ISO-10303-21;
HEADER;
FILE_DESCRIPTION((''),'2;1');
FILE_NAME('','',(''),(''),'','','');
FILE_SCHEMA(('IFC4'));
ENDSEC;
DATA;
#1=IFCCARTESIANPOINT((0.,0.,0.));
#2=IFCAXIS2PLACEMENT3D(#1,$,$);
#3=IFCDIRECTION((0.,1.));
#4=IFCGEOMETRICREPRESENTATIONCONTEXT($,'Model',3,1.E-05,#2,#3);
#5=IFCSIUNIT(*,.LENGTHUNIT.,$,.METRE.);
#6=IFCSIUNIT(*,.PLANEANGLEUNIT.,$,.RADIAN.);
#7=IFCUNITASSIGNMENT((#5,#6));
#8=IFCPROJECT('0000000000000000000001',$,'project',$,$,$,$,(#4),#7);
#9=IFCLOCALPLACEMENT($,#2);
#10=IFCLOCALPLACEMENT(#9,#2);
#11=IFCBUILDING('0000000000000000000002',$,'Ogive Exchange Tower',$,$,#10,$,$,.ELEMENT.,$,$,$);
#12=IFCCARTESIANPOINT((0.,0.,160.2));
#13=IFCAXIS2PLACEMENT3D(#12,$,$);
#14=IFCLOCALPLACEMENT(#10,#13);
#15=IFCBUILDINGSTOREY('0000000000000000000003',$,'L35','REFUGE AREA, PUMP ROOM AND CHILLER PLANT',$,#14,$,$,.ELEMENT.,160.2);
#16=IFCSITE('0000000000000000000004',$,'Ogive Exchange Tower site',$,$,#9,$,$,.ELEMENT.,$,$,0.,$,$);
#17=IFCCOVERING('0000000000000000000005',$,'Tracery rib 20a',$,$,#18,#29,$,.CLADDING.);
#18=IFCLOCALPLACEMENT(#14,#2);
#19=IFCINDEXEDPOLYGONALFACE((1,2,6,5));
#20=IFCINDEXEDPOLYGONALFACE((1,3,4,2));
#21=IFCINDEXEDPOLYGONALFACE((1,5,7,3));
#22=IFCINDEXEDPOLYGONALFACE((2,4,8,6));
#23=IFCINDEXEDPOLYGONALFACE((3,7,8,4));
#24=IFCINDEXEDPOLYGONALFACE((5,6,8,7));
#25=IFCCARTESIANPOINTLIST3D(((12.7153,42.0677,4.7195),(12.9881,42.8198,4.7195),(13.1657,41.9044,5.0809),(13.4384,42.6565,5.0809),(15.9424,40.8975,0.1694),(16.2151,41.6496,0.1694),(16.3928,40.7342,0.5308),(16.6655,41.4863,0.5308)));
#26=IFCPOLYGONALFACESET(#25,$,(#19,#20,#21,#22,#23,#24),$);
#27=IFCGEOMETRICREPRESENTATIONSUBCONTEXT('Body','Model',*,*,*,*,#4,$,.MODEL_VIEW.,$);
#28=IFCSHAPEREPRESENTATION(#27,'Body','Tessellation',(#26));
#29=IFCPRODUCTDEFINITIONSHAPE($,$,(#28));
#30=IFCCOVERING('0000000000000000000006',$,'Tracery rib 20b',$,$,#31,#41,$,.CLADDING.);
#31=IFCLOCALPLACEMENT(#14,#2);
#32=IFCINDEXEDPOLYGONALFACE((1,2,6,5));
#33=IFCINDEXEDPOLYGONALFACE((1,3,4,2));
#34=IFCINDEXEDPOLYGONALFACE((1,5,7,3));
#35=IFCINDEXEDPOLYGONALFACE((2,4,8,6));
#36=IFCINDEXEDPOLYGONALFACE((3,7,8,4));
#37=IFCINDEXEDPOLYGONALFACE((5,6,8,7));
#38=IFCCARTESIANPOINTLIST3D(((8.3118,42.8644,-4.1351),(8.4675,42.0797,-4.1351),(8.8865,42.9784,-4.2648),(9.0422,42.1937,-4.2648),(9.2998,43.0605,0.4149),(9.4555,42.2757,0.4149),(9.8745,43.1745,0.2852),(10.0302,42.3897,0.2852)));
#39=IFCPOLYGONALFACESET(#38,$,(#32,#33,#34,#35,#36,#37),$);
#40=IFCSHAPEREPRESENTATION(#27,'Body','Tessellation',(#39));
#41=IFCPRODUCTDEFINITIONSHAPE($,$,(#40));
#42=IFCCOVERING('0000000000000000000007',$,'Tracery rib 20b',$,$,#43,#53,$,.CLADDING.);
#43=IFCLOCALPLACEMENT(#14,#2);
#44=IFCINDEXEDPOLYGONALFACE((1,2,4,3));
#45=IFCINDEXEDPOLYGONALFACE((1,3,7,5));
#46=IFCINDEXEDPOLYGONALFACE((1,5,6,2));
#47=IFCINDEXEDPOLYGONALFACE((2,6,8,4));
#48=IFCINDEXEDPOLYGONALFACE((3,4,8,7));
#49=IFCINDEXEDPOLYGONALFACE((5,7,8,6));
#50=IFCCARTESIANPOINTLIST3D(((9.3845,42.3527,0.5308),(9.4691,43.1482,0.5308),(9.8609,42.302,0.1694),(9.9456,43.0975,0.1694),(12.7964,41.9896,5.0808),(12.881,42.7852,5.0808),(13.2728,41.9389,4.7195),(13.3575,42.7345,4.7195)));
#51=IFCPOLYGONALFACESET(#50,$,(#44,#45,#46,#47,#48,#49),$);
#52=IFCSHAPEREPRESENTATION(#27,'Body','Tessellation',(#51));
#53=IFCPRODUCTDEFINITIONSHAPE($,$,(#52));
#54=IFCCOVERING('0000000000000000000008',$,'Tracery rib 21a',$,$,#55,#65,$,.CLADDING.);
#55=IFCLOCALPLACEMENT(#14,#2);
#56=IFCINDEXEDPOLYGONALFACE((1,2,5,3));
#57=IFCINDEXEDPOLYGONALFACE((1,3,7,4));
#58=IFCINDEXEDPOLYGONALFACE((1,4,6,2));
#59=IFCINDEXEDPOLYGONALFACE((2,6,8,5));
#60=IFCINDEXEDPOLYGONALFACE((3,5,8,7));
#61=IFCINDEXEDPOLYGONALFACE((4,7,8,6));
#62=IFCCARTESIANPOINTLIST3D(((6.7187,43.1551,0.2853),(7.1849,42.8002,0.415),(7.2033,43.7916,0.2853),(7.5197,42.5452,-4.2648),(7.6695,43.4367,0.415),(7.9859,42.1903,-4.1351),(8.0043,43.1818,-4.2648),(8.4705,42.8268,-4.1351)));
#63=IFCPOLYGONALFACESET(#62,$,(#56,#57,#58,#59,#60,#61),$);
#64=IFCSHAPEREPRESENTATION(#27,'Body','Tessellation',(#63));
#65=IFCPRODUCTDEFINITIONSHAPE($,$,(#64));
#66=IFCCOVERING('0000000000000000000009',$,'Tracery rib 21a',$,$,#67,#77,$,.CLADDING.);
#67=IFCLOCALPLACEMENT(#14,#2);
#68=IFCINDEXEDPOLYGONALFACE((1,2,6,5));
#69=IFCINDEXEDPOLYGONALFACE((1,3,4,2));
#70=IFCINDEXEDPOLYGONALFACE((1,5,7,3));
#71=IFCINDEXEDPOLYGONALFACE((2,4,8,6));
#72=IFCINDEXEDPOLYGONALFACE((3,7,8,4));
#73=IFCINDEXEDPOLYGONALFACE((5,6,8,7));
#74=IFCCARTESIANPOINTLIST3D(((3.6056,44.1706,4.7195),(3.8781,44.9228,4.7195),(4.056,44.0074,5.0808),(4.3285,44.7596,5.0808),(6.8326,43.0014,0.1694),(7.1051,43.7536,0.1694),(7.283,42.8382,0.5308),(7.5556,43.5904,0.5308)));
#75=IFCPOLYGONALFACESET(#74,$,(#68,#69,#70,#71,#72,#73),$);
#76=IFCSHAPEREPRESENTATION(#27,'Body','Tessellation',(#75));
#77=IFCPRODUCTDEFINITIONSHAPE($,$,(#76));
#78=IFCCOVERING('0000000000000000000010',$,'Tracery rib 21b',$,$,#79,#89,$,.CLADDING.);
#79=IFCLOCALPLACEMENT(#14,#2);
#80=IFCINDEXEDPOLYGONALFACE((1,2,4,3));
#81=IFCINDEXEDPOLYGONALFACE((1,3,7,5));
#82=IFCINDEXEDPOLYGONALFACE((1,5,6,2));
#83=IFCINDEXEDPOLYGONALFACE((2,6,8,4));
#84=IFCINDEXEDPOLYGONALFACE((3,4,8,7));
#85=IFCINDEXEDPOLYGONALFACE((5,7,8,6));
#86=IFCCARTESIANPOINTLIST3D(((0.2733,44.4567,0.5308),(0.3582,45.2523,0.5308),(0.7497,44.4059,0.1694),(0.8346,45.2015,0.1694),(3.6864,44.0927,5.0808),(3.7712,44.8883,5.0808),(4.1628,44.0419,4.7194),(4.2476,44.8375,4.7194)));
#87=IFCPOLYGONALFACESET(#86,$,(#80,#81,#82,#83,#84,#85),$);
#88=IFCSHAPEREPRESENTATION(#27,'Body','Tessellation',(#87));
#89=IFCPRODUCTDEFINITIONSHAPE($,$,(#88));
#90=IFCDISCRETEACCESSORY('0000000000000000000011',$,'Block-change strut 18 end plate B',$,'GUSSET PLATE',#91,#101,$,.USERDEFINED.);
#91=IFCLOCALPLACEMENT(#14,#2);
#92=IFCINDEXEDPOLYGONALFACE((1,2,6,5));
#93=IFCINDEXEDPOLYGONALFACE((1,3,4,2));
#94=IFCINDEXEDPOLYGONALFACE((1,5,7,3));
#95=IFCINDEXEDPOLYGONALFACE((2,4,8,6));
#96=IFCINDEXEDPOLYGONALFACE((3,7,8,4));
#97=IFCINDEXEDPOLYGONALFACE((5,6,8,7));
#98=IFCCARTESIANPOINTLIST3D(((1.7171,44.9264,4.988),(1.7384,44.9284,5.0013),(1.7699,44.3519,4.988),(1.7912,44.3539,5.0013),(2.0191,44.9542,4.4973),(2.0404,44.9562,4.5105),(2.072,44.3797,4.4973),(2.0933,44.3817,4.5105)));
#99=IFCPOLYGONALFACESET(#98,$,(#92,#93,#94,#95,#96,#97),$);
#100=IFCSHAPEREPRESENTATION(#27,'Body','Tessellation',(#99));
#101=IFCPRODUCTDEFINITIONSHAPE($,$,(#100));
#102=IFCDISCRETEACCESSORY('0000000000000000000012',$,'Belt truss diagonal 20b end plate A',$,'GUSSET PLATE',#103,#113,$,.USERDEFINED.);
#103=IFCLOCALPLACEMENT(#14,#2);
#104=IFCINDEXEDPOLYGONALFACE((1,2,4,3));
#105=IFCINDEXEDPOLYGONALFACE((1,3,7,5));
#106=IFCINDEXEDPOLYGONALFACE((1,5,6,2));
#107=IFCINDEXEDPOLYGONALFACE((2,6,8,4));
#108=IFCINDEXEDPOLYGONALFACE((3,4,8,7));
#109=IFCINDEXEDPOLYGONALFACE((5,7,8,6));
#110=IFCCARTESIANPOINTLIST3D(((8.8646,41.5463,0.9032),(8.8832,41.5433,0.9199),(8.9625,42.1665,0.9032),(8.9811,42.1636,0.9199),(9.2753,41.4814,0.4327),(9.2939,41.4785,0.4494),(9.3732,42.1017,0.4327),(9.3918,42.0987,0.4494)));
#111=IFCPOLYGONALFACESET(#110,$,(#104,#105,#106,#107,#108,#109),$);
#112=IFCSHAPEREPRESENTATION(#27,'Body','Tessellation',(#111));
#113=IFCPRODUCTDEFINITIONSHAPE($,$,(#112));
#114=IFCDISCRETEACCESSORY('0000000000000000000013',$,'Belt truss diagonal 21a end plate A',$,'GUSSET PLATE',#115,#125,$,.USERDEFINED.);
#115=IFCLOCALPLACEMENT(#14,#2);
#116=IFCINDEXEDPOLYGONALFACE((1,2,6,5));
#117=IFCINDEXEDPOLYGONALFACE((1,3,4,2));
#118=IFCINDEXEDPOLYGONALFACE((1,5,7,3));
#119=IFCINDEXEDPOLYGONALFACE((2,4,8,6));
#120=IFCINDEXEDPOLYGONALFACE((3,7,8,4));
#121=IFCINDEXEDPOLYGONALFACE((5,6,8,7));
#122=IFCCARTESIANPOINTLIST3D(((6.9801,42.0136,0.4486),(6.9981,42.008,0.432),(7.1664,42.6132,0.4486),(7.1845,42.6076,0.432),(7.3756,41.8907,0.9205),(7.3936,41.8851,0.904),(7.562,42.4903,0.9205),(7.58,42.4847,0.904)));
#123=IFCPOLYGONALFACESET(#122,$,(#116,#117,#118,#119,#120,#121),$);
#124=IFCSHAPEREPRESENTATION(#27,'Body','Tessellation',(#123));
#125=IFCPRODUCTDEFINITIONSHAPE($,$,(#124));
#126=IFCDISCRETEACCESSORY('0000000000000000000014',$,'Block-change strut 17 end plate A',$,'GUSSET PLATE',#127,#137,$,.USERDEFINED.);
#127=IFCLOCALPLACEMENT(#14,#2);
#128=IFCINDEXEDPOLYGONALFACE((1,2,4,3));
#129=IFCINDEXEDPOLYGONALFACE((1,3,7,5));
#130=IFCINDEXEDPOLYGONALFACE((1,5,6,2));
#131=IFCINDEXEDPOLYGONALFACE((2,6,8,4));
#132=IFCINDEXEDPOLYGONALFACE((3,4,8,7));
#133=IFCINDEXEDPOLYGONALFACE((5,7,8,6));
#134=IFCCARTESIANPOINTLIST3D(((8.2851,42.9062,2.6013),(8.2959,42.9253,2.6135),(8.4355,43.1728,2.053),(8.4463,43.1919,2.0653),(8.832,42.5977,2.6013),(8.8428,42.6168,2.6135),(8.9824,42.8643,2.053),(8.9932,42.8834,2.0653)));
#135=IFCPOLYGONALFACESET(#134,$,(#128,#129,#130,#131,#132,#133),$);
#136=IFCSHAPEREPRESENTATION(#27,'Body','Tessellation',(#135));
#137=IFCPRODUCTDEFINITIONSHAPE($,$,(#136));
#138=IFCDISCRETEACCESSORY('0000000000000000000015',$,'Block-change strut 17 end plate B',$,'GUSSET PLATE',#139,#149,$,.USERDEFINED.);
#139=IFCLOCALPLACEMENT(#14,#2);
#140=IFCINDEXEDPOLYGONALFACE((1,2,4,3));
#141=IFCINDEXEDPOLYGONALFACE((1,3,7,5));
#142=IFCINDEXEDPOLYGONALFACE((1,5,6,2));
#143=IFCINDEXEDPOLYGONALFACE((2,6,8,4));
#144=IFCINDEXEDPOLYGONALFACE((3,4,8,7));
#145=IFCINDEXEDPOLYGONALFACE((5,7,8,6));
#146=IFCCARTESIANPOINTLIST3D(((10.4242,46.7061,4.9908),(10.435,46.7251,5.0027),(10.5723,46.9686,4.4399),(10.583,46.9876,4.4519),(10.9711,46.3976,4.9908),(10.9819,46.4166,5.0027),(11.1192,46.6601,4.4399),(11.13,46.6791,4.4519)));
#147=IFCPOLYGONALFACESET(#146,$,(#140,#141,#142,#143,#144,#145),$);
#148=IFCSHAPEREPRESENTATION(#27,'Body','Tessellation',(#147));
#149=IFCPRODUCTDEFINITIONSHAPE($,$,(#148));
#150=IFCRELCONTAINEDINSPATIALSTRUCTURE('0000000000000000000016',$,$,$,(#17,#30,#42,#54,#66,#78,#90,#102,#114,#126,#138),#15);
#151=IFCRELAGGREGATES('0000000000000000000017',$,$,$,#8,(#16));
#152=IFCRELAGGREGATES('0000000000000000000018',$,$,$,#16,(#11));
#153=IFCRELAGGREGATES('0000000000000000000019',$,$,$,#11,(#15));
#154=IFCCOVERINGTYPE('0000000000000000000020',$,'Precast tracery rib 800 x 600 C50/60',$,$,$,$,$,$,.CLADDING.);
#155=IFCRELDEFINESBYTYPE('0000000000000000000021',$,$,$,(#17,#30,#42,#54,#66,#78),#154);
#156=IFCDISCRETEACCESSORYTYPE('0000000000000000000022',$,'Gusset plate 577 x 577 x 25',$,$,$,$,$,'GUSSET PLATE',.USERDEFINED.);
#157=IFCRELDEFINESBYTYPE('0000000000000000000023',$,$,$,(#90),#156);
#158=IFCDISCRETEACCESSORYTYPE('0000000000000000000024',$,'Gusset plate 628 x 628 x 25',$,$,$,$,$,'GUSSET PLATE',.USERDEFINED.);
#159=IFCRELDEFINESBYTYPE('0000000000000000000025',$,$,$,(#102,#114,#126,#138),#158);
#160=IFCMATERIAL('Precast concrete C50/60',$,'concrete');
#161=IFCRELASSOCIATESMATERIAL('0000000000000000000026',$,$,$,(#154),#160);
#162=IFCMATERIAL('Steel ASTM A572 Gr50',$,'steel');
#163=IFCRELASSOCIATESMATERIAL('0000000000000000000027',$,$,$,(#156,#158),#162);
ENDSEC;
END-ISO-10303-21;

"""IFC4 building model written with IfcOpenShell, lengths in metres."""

from ifc_helpers import new_model, si_unit, direction, frame, origin, origin_2d, place, context, subcontext, project, spatial, rectangle, extrude, material, material_profile, profile_set, type_object, element, save


model = new_model("IFC4")

# Units and contexts
model_context = context("Model", 3, precision=1e-05, world=origin(), true_north=direction((0.0, 1.0)))
body_context = subcontext(model_context, "Body", "Model", "MODEL_VIEW")
ifc_project = project(units=[si_unit("LENGTHUNIT", "METRE"), si_unit("PLANEANGLEUNIT", "RADIAN")], contexts=[model_context])

# Site, building, storey
site_placement = place(None, origin())
site = spatial("IfcSite", under=ifc_project, at=site_placement, Name="Ogive Exchange Tower site", CompositionType="ELEMENT", RefElevation=0.0)
building_placement = place(site_placement, origin())
building = spatial("IfcBuilding", under=site, at=building_placement, Name="Ogive Exchange Tower", CompositionType="ELEMENT")
storey_placement = place(building_placement, frame((0.0, 0.0, 160.2)))
storey = spatial("IfcBuildingStorey", under=building, at=storey_placement, Name="L35", Description="REFUGE AREA, PUMP ROOM AND CHILLER PLANT", CompositionType="ELEMENT", Elevation=160.2)

# Coverings
ifc_material_1 = material(Name="Precast concrete C50/60", Category="concrete")
ifc_material_profile_1 = material_profile(ifc_material_1, rectangle(XDim=0.8, YDim=0.6001, at=origin_2d()), Name="RIB 800 x 600")
ifc_profile_set_1 = profile_set([ifc_material_profile_1], Name="Precast concrete C50/60")
covering_type = type_object("IfcCoveringType", Name="Precast tracery rib 800 x 600 C50/60", PredefinedType="CLADDING", material=ifc_profile_set_1)
covering_1_placement = place(storey_placement, frame((16.304, 41.1919, 0.3501), z_axis=(-0.566183, 0.205305, 0.798302), x_axis=(-0.340892, -0.940102, 0.0)))
element("IfcCovering", 1, at=covering_1_placement, inside=storey, type_object=covering_type, Name="Tracery rib 20a", PredefinedType="CLADDING", context=body_context, shape_type="SweptSolid", body=[
    extrude(rectangle(XDim=0.8, YDim=0.6001, at=origin_2d()), origin(), (0.0, 0.0, 1.0), 5.6997),
])
covering_2_placement = place(storey_placement, frame((8.677, 42.5291, -4.2), z_axis=(0.212015, 0.042068, 0.97636), x_axis=(-0.194624, 0.980878, 0.0)))
element("IfcCovering", 2, at=covering_2_placement, inside=storey, type_object=covering_type, Name="Tracery rib 20b", PredefinedType="CLADDING", context=body_context, shape_type="SweptSolid", body=[
    extrude(rectangle(XDim=0.8, YDim=0.6001, at=origin_2d()), origin(), (0.0, 0.0, 1.0), 4.6602),
])
covering_3_placement = place(storey_placement, frame((9.665, 42.7251, 0.3501), z_axis=(0.598706, -0.063705, 0.798432), x_axis=(0.105807, 0.994387, 0.0)))
element("IfcCovering", 3, at=covering_3_placement, inside=storey, type_object=covering_type, Name="Tracery rib 20b", PredefinedType="CLADDING", context=body_context, shape_type="SweptSolid", body=[
    extrude(rectangle(XDim=0.8, YDim=0.6001, at=origin_2d()), origin(), (0.0, 0.0, 1.0), 5.6987),
])
covering_4_placement = place(storey_placement, frame((7.9951, 42.686, -4.2), z_axis=(-0.17189, 0.130869, 0.976385), x_axis=(-0.605766, -0.795643, 0.0)))
element("IfcCovering", 4, at=covering_4_placement, inside=storey, type_object=covering_type, Name="Tracery rib 21a", PredefinedType="CLADDING", context=body_context, shape_type="SweptSolid", body=[
    extrude(rectangle(XDim=0.8, YDim=0.6001, at=origin_2d()), origin(), (0.0, 0.0, 1.0), 4.6602),
])
for number, where, z_axis, x_axis, name in (
    (5, (7.1941, 43.2959, 0.3501), (-0.566203, 0.205141, 0.79833), (-0.340641, -0.940194, 0.0), "Tracery rib 21a"),
    (6, (0.554, 44.8291, 0.3501), (0.598837, -0.063867, 0.79832), (0.106051, 0.994361, 0.0), "Tracery rib 21b"),
):
    element("IfcCovering", number, at=place(storey_placement, frame(where, z_axis=z_axis, x_axis=x_axis)), inside=storey, type_object=covering_type, Name=name, PredefinedType="CLADDING", context=body_context, shape_type="SweptSolid", body=[
        extrude(rectangle(XDim=0.8, YDim=0.6001, at=origin_2d()), origin(), (0.0, 0.0, 1.0), 5.6995),
    ])

# Discrete accessories
ifc_material_2 = material(Name="Steel ASTM A572 Gr50", Category="steel")
ifc_material_profile_2 = material_profile(ifc_material_2, rectangle(XDim=0.5769, YDim=0.5769, at=origin_2d()), Name="PL 577 x 577 x 25")
ifc_profile_set_2 = profile_set([ifc_material_profile_2], Name="Steel ASTM A572 Gr50")
discrete_accessory_type_1 = type_object("IfcDiscreteAccessoryType", Name="Gusset plate 577 x 577 x 25", ElementType="GUSSET PLATE", PredefinedType="USERDEFINED", material=ifc_profile_set_2)
discrete_accessory_1_placement = place(storey_placement, frame((1.8945, 44.6531, 4.7427), z_axis=(0.847059, 0.07789, 0.525761), x_axis=(-0.091568, 0.995799, 0.0)))
element("IfcDiscreteAccessory", 7, at=discrete_accessory_1_placement, inside=storey, type_object=discrete_accessory_type_1, Name="Block-change strut 18 end plate B", ObjectType="GUSSET PLATE", PredefinedType="USERDEFINED", context=body_context, shape_type="SweptSolid", body=[
    extrude(rectangle(XDim=0.5769, YDim=0.5769, at=origin_2d()), origin(), (0.0, 0.0, 1.0), 0.0251),
])
ifc_material_profile_3 = material_profile(ifc_material_2, rectangle(XDim=0.6279, YDim=0.6279, at=origin_2d()), Name="PL 628 x 628 x 25")
ifc_profile_set_3 = profile_set([ifc_material_profile_3], Name="Steel ASTM A572 Gr50")
discrete_accessory_type_2 = type_object("IfcDiscreteAccessoryType", Name="Gusset plate 628 x 628 x 25", ElementType="GUSSET PLATE", PredefinedType="USERDEFINED", material=ifc_profile_set_3)
for number, where, z_axis, x_axis, name in (
    (8, (9.1189, 41.824, 0.668), (0.740135, -0.116863, 0.662226), (0.155963, 0.987763, 0.0), "Belt truss diagonal 20b end plate A"),
    (9, (7.2891, 42.2463, 0.668), (-0.71777, 0.223091, 0.659573), (-0.296805, -0.954938, 0.0), "Belt truss diagonal 21a end plate A"),
    (10, (8.6338, 42.8853, 2.3271), (0.428988, 0.760478, 0.487486), (-0.870978, 0.491321, 0.0), "Block-change strut 17 end plate A"),
):
    element("IfcDiscreteAccessory", number, at=place(storey_placement, frame(where, z_axis=z_axis, x_axis=x_axis)), inside=storey, type_object=discrete_accessory_type_2, Name=name, ObjectType="GUSSET PLATE", PredefinedType="USERDEFINED", context=body_context, shape_type="SweptSolid", body=[
        extrude(rectangle(XDim=0.6279, YDim=0.6279, at=origin_2d()), origin(), (0.0, 0.0, 1.0), 0.0251),
    ])
discrete_accessory_2_placement = place(storey_placement, frame((10.7717, 46.6831, 4.7153), z_axis=(0.431021, 0.764082, 0.48), x_axis=(-0.870978, 0.491321, 0.0)))
element("IfcDiscreteAccessory", 11, at=discrete_accessory_2_placement, inside=storey, type_object=discrete_accessory_type_2, Name="Block-change strut 17 end plate B", ObjectType="GUSSET PLATE", PredefinedType="USERDEFINED", context=body_context, shape_type="SweptSolid", body=[
    extrude(rectangle(XDim=0.6279, YDim=0.6279, at=origin_2d()), origin(), (0.0, 0.0, 1.0), 0.0249),
])

save(model, "model.ifc")
